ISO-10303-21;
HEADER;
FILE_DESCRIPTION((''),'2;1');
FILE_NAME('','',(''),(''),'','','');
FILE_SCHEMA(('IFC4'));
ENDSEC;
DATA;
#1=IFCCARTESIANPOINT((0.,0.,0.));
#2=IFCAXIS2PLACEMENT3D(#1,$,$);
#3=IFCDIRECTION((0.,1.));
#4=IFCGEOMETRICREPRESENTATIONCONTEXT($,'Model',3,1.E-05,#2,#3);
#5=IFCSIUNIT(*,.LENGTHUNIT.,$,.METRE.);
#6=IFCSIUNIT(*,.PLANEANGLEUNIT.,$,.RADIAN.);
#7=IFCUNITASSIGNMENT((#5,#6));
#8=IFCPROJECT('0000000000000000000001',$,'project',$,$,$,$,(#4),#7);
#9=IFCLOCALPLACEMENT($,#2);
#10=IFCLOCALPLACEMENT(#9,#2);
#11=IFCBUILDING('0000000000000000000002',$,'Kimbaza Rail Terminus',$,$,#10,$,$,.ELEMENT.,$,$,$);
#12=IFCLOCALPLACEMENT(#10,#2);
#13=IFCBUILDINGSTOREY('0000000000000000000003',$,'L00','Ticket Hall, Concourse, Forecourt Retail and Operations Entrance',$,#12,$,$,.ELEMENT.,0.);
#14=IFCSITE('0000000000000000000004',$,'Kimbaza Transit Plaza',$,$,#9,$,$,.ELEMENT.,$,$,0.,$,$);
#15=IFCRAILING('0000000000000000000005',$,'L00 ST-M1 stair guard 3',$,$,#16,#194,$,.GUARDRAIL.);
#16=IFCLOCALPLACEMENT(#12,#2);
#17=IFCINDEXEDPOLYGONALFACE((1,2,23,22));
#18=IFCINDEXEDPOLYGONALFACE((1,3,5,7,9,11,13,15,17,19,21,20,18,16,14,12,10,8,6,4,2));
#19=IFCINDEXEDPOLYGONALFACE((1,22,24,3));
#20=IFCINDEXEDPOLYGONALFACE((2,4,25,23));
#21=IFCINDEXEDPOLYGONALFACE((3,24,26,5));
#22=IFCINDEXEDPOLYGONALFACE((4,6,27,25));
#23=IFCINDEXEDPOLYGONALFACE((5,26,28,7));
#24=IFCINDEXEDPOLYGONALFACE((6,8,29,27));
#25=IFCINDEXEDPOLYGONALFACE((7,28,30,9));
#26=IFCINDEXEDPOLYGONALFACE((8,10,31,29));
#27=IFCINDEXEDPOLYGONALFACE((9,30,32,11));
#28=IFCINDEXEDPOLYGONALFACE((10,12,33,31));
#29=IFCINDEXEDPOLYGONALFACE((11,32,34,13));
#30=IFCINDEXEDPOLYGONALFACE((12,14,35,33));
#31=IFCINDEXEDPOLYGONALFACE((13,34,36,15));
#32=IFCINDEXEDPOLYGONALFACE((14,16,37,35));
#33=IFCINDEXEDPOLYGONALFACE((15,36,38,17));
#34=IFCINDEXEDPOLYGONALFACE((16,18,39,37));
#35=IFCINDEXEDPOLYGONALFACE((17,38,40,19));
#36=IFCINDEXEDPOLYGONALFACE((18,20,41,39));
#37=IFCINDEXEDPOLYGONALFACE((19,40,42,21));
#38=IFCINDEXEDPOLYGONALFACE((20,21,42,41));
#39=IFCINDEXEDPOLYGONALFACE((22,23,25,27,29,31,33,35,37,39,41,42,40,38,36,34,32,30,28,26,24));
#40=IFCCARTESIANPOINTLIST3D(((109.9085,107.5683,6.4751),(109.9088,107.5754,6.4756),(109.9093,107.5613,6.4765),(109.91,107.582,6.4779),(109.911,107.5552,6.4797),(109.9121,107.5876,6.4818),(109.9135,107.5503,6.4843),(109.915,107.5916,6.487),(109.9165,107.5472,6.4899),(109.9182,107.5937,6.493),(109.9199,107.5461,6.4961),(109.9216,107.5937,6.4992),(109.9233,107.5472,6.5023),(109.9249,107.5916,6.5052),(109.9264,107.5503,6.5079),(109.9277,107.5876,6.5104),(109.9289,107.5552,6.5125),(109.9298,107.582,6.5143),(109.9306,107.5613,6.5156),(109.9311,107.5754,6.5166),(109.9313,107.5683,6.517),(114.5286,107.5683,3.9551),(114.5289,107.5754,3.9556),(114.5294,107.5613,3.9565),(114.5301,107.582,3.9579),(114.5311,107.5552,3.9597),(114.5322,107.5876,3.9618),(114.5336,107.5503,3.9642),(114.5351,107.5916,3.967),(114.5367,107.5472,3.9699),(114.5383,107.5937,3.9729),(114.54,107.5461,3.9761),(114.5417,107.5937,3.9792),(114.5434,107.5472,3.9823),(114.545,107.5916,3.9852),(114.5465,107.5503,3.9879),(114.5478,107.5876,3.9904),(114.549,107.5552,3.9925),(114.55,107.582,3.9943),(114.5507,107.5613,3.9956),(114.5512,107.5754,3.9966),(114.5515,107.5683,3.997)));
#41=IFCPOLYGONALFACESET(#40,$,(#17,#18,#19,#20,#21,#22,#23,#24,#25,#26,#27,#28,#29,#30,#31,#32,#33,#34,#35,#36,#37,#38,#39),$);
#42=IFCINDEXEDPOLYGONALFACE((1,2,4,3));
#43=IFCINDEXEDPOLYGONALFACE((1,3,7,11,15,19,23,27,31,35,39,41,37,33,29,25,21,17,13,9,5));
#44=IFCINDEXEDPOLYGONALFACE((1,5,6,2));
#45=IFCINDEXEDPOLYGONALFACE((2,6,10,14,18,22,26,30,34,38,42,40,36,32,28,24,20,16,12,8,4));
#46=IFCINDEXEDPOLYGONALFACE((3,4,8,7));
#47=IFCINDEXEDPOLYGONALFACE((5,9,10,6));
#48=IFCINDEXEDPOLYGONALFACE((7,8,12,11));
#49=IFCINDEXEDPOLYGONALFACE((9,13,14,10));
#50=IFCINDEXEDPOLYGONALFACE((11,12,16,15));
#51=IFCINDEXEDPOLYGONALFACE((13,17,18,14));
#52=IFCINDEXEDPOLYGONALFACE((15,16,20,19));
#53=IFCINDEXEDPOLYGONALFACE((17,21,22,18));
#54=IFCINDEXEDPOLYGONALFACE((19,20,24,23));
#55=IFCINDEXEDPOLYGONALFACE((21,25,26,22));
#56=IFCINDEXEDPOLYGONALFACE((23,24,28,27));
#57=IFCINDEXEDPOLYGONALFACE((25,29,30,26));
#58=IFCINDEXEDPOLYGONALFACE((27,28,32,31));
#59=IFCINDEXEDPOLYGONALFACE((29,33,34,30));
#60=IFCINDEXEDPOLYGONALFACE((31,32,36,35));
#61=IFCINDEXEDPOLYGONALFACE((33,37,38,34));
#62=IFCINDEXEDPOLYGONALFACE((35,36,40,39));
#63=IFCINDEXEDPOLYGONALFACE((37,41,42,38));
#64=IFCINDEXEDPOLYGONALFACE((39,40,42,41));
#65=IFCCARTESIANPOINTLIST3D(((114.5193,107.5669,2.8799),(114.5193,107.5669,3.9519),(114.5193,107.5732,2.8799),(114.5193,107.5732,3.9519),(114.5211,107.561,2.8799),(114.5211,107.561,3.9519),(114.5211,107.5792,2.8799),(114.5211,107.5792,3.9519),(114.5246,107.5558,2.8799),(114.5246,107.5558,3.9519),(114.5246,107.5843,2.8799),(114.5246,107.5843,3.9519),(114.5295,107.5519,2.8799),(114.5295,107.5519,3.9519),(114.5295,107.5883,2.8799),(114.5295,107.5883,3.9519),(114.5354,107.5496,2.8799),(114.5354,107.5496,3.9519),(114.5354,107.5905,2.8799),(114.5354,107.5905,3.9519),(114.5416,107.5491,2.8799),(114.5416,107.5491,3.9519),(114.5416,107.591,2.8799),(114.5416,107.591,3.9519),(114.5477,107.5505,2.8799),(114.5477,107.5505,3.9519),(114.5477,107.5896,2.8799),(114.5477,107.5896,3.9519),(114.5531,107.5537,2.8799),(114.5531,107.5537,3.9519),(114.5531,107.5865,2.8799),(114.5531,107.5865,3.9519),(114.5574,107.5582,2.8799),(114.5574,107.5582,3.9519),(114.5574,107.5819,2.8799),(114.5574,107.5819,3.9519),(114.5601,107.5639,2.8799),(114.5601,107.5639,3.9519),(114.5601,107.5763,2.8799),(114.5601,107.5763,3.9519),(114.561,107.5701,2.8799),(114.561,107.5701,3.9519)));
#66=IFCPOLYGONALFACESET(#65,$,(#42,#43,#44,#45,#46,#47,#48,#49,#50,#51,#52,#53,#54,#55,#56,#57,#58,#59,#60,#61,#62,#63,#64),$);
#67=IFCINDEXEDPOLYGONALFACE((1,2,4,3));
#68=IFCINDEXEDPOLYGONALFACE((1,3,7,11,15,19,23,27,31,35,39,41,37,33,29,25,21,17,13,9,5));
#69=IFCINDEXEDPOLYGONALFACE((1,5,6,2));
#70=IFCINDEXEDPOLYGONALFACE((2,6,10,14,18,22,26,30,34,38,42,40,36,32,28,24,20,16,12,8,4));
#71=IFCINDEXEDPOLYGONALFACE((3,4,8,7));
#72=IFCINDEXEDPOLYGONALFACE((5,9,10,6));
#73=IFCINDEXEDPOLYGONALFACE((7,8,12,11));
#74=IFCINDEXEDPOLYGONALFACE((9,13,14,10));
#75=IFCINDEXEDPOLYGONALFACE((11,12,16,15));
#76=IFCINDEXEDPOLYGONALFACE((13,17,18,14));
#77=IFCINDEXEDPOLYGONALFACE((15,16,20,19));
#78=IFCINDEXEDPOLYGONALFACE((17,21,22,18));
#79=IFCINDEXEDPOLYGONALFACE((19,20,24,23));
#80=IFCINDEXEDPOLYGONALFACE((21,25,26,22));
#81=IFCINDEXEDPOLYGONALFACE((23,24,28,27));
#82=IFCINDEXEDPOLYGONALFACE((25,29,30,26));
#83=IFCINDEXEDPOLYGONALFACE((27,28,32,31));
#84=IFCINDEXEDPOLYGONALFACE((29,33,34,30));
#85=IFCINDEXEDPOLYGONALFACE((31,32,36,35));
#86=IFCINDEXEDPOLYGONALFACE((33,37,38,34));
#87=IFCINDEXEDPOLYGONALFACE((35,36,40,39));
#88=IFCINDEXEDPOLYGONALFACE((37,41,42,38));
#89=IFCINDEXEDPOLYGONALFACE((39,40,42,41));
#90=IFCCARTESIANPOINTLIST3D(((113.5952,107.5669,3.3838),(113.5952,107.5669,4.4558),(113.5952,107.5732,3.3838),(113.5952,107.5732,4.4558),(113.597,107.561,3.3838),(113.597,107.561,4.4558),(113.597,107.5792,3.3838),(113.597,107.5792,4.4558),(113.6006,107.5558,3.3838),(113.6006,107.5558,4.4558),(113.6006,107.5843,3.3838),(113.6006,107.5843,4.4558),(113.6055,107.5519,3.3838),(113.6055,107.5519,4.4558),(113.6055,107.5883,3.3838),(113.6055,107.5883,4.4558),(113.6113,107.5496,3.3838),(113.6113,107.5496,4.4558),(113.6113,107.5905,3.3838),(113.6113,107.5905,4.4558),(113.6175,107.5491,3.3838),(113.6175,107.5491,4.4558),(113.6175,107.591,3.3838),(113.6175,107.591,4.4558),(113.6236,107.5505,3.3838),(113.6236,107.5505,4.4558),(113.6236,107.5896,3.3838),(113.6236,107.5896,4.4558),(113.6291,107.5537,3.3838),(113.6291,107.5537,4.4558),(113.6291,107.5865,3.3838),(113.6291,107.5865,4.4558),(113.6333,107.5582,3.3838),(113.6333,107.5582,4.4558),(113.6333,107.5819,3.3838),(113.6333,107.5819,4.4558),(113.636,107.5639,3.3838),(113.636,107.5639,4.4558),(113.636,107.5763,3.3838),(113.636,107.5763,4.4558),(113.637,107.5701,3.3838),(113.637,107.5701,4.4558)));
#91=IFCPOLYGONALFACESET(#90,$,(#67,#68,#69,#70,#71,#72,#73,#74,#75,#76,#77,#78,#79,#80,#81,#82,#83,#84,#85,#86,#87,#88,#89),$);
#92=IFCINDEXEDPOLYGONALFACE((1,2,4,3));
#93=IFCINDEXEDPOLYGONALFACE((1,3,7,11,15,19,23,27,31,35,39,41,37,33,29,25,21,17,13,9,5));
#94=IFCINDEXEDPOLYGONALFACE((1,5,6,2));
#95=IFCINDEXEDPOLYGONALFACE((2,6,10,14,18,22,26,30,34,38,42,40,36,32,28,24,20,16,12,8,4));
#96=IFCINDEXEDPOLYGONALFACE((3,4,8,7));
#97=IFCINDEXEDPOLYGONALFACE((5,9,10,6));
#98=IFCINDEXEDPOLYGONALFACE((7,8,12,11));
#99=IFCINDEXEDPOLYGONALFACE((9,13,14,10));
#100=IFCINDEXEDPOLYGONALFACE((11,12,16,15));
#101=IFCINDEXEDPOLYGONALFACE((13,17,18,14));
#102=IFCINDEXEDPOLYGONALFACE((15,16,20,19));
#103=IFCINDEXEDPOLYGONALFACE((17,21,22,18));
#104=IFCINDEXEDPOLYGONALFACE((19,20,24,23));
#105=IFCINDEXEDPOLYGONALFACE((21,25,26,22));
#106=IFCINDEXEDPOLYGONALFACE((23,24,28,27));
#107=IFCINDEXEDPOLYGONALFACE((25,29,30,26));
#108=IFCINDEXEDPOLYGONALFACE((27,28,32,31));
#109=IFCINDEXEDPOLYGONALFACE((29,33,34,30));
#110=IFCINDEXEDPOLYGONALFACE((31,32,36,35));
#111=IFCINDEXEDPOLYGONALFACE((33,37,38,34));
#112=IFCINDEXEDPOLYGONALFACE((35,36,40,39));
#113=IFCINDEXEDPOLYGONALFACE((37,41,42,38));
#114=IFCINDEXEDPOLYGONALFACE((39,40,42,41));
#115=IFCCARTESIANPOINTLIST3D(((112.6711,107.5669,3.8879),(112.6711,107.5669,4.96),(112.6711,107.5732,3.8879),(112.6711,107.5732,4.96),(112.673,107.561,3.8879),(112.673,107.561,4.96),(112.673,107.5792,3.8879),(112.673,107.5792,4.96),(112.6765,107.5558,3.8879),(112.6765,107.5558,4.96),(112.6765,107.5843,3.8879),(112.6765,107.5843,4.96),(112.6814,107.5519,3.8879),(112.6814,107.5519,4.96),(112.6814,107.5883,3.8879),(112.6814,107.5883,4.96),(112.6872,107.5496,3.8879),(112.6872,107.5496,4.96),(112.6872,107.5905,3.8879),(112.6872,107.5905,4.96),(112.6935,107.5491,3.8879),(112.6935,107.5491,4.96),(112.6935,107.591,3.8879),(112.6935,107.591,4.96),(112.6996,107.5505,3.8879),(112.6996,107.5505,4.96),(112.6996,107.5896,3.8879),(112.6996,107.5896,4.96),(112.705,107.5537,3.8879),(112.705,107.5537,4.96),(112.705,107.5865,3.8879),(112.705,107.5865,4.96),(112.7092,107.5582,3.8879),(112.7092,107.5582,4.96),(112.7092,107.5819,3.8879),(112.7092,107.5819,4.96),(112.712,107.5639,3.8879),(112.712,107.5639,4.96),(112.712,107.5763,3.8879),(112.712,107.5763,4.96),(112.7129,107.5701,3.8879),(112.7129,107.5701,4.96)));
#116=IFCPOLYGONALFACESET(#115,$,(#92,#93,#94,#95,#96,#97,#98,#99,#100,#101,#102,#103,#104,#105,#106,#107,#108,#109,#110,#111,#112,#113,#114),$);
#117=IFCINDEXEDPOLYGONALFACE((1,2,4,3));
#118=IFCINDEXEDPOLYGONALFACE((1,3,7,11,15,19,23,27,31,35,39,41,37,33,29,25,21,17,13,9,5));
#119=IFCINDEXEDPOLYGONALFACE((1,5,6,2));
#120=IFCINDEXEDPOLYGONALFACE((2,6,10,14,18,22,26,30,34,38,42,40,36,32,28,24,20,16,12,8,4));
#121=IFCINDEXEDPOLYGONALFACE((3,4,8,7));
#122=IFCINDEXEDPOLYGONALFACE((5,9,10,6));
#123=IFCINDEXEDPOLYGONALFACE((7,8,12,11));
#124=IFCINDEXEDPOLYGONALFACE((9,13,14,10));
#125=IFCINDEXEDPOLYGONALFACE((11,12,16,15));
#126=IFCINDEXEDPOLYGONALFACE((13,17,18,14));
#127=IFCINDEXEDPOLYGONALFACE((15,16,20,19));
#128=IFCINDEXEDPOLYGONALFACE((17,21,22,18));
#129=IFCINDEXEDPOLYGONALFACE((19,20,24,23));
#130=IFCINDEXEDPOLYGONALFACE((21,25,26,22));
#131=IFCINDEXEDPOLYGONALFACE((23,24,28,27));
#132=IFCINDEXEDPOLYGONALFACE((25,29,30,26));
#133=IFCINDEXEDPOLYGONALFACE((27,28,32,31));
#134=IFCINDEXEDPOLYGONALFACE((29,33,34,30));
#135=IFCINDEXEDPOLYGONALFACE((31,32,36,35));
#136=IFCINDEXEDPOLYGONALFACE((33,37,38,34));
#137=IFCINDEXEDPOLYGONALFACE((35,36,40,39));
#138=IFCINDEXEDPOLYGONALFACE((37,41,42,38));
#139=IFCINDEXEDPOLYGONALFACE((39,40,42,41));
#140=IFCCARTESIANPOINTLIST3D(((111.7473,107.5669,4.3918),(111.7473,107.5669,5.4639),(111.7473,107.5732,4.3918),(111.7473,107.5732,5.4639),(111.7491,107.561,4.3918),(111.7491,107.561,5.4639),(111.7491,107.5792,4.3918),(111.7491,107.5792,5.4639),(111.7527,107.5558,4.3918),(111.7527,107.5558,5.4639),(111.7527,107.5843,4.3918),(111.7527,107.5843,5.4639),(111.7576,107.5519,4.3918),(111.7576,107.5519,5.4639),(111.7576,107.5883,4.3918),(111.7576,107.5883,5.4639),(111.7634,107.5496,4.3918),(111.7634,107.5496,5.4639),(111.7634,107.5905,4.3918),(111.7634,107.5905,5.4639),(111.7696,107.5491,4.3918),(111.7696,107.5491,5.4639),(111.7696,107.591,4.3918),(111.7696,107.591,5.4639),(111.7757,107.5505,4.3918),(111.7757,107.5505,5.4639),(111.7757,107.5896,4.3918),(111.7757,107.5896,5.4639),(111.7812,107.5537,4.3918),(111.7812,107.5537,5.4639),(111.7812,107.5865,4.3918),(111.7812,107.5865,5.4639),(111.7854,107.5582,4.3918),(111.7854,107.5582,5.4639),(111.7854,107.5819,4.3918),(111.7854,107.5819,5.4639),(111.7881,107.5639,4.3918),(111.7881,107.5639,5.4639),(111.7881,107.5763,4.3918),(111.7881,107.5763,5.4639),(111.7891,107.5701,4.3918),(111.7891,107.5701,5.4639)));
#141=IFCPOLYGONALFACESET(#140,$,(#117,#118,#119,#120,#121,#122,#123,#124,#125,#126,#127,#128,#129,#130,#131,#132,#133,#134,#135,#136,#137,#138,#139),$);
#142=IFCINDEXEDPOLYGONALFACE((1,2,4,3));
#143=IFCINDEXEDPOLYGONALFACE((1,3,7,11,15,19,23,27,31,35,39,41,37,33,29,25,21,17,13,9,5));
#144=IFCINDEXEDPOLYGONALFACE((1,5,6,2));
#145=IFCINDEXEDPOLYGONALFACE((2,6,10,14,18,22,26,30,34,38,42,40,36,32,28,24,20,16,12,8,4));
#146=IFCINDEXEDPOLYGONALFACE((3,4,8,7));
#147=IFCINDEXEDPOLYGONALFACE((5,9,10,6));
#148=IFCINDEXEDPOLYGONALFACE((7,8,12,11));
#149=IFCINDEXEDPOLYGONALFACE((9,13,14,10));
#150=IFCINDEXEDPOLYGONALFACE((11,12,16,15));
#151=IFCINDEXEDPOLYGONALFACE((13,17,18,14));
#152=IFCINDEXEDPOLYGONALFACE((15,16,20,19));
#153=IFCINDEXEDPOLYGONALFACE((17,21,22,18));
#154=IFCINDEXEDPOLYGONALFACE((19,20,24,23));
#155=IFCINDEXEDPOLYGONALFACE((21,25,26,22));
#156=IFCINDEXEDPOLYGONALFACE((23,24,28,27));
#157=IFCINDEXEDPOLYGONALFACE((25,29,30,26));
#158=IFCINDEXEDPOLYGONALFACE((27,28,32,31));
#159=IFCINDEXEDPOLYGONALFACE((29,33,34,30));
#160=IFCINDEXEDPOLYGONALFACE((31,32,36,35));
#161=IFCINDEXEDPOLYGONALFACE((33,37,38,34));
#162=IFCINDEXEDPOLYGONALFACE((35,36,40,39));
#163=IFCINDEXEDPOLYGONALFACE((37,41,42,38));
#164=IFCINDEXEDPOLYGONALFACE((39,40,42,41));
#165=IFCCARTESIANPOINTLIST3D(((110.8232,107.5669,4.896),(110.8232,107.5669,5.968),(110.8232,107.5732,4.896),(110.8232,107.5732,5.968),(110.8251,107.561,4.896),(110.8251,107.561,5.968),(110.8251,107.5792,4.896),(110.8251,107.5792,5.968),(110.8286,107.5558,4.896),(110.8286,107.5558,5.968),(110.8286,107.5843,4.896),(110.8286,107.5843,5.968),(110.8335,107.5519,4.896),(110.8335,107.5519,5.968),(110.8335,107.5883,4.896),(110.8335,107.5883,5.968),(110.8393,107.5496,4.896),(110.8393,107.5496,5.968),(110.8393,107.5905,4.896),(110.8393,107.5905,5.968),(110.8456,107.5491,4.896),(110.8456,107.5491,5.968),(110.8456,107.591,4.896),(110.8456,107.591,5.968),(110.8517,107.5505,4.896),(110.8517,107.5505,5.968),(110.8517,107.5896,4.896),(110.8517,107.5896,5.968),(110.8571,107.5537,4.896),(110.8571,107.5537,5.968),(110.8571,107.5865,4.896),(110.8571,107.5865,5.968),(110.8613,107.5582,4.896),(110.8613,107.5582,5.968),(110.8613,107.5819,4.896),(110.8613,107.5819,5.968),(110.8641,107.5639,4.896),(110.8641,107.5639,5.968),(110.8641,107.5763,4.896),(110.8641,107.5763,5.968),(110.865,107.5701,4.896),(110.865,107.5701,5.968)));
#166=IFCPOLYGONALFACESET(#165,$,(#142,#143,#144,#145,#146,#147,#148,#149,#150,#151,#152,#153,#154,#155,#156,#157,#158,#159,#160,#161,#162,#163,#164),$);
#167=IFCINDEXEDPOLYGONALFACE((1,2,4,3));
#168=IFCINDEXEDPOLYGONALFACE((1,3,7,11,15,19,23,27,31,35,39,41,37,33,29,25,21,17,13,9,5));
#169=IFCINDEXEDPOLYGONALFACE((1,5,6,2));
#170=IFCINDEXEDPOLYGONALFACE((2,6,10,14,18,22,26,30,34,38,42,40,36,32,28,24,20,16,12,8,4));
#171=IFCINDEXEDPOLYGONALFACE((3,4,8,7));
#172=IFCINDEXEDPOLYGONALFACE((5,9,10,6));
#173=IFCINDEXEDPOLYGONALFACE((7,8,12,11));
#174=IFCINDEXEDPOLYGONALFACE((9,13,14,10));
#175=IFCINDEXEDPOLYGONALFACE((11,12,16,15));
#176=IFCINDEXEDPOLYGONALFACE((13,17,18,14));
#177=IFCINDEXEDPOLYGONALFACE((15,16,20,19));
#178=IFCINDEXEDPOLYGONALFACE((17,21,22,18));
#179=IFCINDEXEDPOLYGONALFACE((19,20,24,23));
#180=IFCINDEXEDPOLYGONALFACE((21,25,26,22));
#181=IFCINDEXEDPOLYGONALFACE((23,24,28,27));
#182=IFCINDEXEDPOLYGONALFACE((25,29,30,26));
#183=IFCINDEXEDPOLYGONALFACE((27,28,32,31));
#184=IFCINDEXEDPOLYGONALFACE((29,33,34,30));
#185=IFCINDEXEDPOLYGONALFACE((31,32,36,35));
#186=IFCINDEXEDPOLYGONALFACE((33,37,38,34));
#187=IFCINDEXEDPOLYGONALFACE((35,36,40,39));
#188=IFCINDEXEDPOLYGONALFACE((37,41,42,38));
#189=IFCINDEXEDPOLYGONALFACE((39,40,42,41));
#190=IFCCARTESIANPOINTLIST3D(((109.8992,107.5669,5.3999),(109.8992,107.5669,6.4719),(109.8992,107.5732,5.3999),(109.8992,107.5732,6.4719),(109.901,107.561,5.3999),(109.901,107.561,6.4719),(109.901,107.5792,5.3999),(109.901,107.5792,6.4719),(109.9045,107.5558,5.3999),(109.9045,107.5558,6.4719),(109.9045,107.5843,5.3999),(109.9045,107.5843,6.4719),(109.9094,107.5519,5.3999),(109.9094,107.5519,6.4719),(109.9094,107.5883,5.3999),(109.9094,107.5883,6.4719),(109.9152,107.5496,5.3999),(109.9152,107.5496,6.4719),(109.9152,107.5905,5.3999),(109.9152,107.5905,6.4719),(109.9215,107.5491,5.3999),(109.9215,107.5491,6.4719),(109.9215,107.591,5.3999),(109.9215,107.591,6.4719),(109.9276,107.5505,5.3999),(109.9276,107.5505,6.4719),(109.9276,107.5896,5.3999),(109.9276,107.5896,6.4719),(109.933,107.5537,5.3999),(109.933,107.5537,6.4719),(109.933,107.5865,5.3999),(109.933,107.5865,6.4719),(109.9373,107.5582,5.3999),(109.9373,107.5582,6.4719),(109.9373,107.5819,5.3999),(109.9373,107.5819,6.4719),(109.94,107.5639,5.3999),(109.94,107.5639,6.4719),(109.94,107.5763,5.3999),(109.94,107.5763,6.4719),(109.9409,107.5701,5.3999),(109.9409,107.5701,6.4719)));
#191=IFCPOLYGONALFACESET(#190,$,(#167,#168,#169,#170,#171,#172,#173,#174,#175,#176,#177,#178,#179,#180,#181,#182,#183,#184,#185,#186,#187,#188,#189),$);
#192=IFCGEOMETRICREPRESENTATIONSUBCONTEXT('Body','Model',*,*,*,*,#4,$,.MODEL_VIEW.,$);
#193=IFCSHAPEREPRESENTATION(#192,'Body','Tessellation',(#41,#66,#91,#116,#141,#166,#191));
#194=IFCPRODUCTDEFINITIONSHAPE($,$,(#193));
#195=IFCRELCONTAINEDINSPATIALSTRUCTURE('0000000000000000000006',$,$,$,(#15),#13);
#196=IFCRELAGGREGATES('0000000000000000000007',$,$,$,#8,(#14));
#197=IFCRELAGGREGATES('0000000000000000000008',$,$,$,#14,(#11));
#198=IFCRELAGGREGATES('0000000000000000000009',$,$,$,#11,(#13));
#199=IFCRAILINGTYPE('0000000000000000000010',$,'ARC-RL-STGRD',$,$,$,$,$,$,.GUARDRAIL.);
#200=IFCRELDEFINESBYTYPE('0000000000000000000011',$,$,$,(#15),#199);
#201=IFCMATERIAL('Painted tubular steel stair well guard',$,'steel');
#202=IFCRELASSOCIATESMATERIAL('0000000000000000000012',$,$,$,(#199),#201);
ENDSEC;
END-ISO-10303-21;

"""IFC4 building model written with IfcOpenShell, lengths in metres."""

from ifc_helpers import new_model, si_unit, direction, frame, origin, origin_2d, place, context, subcontext, project, spatial, circle, extrude, material, type_object, element, save


model = new_model("IFC4")

# Units and contexts
model_context = context("Model", 3, precision=1e-05, world=origin(), true_north=direction((0.0, 1.0)))
body_context = subcontext(model_context, "Body", "Model", "MODEL_VIEW")
ifc_project = project(units=[si_unit("LENGTHUNIT", "METRE"), si_unit("PLANEANGLEUNIT", "RADIAN")], contexts=[model_context])

# Site, building, storey
site_placement = place(None, origin())
site = spatial("IfcSite", under=ifc_project, at=site_placement, Name="Kimbaza Transit Plaza", CompositionType="ELEMENT", RefElevation=0.0)
building_placement = place(site_placement, origin())
building = spatial("IfcBuilding", under=site, at=building_placement, Name="Kimbaza Rail Terminus", CompositionType="ELEMENT")
storey_placement = place(building_placement, origin())
storey = spatial("IfcBuildingStorey", under=building, at=storey_placement, Name="L00", Description="Ticket Hall, Concourse, Forecourt Retail and Operations Entrance", CompositionType="ELEMENT", Elevation=0.0)

# Railing
ifc_material_1 = material(Name="Painted tubular steel stair well guard", Category="steel")
railing_type_1 = type_object("IfcRailingType", Name="ARC-RL-STGRD", PredefinedType="GUARDRAIL", material=ifc_material_1)
railing_1_placement = place(storey_placement, frame((114.54, 107.5701, 2.8799)))
element("IfcRailing", 1, at=railing_1_placement, inside=storey, type_object=railing_type_1, Name="L00 ST-M1 stair guard 3", PredefinedType="GUARDRAIL", context=body_context, shape_type="SweptSolid", body=[
    extrude(circle(Radius=0.0239, at=origin_2d()), frame((0.0, 0.0, 1.0962), z_axis=(-0.877899, 0.0, 0.478846), x_axis=(0.0, -1.0, 0.0)), (0.0, 0.0, 1.0), 5.2627),
    extrude(circle(Radius=0.021, at=origin_2d()), origin(), (0.0, 0.0, 1.0), 1.072),
    extrude(circle(Radius=0.021, at=origin_2d()), frame((-0.9241, 0.0, 0.5039)), (0.0, 0.0, 1.0), 1.072),
    extrude(circle(Radius=0.021, at=origin_2d()), frame((-1.8481, 0.0, 1.0081)), (0.0, 0.0, 1.0), 1.072),
    extrude(circle(Radius=0.021, at=origin_2d()), frame((-2.772, 0.0, 1.512)), (0.0, 0.0, 1.0), 1.072),
    extrude(circle(Radius=0.021, at=origin_2d()), frame((-3.696, 0.0, 2.0161)), (0.0, 0.0, 1.0), 1.072),
    extrude(circle(Radius=0.021, at=origin_2d()), frame((-4.6201, 0.0, 2.52)), (0.0, 0.0, 1.0), 1.072),
])

save(model, "model.ifc")
